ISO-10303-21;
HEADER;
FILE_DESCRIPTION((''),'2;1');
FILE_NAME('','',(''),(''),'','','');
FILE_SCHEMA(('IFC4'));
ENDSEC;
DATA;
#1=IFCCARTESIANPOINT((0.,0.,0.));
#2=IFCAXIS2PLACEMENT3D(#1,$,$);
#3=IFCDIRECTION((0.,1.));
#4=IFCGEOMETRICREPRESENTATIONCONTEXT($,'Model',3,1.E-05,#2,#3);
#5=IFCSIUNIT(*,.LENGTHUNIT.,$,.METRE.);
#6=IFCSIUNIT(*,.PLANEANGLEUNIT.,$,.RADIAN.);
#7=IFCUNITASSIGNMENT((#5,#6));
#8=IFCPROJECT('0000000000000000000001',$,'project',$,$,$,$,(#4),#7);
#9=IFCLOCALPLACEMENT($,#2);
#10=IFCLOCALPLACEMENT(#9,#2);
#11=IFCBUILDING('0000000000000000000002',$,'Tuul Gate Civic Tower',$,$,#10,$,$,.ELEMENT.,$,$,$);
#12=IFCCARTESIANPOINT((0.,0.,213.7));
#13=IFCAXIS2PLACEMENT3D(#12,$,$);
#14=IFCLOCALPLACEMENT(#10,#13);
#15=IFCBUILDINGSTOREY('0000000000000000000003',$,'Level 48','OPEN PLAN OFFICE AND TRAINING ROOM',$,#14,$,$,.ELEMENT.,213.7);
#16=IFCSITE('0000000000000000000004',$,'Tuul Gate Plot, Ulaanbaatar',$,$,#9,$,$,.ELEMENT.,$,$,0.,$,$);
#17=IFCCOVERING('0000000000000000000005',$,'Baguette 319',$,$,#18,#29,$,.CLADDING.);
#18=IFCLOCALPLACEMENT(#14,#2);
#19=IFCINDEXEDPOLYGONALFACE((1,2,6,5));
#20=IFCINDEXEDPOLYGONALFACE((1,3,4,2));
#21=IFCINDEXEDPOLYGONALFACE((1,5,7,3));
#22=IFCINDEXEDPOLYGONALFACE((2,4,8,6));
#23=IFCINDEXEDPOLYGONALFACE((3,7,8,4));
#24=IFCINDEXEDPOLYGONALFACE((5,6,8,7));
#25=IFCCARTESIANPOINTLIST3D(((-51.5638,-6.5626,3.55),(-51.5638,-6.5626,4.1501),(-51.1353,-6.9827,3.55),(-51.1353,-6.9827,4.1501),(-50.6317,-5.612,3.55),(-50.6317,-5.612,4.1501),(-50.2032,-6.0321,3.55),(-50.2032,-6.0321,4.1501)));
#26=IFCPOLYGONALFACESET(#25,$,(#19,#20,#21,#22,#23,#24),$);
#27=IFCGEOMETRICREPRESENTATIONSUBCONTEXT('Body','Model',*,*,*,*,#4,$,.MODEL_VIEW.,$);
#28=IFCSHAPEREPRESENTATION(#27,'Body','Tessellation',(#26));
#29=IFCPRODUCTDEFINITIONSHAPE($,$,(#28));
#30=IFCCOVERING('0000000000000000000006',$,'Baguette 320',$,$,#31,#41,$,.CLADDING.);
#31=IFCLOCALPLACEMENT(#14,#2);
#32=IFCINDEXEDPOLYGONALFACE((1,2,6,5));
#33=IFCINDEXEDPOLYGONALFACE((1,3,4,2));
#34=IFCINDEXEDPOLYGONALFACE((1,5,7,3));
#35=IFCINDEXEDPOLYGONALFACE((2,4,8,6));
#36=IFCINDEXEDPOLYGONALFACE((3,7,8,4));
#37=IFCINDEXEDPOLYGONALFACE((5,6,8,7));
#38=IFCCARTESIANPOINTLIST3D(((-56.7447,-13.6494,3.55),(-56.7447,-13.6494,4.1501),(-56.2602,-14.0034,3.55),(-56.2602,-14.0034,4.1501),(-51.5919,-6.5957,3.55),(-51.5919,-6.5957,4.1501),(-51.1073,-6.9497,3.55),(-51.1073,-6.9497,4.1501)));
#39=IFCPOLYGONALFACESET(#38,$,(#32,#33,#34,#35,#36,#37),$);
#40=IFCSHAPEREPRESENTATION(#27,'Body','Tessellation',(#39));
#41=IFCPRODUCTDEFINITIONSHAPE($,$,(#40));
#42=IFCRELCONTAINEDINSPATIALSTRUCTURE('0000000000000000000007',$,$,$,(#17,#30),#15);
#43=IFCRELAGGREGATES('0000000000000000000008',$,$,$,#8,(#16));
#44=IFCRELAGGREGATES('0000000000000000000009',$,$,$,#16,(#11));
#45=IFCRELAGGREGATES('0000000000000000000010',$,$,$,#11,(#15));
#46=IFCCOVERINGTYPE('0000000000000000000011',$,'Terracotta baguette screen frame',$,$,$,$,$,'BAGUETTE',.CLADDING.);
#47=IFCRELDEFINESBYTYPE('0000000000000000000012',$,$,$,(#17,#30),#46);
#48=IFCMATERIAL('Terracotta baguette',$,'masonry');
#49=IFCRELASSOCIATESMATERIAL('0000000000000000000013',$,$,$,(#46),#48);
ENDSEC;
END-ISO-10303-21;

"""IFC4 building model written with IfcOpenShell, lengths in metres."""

from ifc_helpers import new_model, si_unit, direction, frame, origin, origin_2d, place, context, subcontext, project, spatial, rectangle, extrude, material, material_profile, profile_set, type_object, element, save


model = new_model("IFC4")

# Units and contexts
model_context = context("Model", 3, precision=1e-05, world=origin(), true_north=direction((0.0, 1.0)))
body_context = subcontext(model_context, "Body", "Model", "MODEL_VIEW")
ifc_project = project(units=[si_unit("LENGTHUNIT", "METRE"), si_unit("PLANEANGLEUNIT", "RADIAN")], contexts=[model_context])

# Site, building, storey
site_placement = place(None, origin())
site = spatial("IfcSite", under=ifc_project, at=site_placement, Name="Tuul Gate Plot, Ulaanbaatar", CompositionType="ELEMENT", RefElevation=0.0)
building_placement = place(site_placement, origin())
building = spatial("IfcBuilding", under=site, at=building_placement, Name="Tuul Gate Civic Tower", CompositionType="ELEMENT")
storey_placement = place(building_placement, frame((0.0, 0.0, 213.7)))
storey = spatial("IfcBuildingStorey", under=building, at=storey_placement, Name="Level 48", Description="OPEN PLAN OFFICE AND TRAINING ROOM", CompositionType="ELEMENT", Elevation=213.7)

# Coverings
ifc_material_1 = material(Name="Terracotta baguette", Category="masonry")
ifc_material_profile_1 = material_profile(ifc_material_1, rectangle(XDim=0.6001, YDim=0.6001, at=origin_2d()), Name="Terracotta baguette screen frame")
ifc_profile_set_1 = profile_set([ifc_material_profile_1], Name="Terracotta baguette")
covering_type = type_object("IfcCoveringType", Name="Terracotta baguette screen frame", ElementType="BAGUETTE", PredefinedType="CLADDING", material=ifc_profile_set_1)
covering_1_placement = place(storey_placement, frame((-50.4175, -5.822, 3.8501), z_axis=(-0.700104, -0.71404, 0.0), x_axis=(0.71404, -0.700104, 0.0)))
element("IfcCovering", 1, at=covering_1_placement, inside=storey, type_object=covering_type, Name="Baguette 319", PredefinedType="CLADDING", context=body_context, shape_type="SweptSolid", body=[
    extrude(rectangle(XDim=0.6001, YDim=0.6001, at=origin_2d()), origin(), (0.0, 0.0, 1.0), 1.3313),
])
covering_2_placement = place(storey_placement, frame((-51.3496, -6.7727, 3.8501), z_axis=(-0.589882, -0.807489, 0.0), x_axis=(0.807489, -0.589882, 0.0)))
element("IfcCovering", 2, at=covering_2_placement, inside=storey, type_object=covering_type, Name="Baguette 320", PredefinedType="CLADDING", context=body_context, shape_type="SweptSolid", body=[
    extrude(rectangle(XDim=0.6001, YDim=0.6001, at=origin_2d()), origin(), (0.0, 0.0, 1.0), 8.7354),
])

save(model, "model.ifc")
